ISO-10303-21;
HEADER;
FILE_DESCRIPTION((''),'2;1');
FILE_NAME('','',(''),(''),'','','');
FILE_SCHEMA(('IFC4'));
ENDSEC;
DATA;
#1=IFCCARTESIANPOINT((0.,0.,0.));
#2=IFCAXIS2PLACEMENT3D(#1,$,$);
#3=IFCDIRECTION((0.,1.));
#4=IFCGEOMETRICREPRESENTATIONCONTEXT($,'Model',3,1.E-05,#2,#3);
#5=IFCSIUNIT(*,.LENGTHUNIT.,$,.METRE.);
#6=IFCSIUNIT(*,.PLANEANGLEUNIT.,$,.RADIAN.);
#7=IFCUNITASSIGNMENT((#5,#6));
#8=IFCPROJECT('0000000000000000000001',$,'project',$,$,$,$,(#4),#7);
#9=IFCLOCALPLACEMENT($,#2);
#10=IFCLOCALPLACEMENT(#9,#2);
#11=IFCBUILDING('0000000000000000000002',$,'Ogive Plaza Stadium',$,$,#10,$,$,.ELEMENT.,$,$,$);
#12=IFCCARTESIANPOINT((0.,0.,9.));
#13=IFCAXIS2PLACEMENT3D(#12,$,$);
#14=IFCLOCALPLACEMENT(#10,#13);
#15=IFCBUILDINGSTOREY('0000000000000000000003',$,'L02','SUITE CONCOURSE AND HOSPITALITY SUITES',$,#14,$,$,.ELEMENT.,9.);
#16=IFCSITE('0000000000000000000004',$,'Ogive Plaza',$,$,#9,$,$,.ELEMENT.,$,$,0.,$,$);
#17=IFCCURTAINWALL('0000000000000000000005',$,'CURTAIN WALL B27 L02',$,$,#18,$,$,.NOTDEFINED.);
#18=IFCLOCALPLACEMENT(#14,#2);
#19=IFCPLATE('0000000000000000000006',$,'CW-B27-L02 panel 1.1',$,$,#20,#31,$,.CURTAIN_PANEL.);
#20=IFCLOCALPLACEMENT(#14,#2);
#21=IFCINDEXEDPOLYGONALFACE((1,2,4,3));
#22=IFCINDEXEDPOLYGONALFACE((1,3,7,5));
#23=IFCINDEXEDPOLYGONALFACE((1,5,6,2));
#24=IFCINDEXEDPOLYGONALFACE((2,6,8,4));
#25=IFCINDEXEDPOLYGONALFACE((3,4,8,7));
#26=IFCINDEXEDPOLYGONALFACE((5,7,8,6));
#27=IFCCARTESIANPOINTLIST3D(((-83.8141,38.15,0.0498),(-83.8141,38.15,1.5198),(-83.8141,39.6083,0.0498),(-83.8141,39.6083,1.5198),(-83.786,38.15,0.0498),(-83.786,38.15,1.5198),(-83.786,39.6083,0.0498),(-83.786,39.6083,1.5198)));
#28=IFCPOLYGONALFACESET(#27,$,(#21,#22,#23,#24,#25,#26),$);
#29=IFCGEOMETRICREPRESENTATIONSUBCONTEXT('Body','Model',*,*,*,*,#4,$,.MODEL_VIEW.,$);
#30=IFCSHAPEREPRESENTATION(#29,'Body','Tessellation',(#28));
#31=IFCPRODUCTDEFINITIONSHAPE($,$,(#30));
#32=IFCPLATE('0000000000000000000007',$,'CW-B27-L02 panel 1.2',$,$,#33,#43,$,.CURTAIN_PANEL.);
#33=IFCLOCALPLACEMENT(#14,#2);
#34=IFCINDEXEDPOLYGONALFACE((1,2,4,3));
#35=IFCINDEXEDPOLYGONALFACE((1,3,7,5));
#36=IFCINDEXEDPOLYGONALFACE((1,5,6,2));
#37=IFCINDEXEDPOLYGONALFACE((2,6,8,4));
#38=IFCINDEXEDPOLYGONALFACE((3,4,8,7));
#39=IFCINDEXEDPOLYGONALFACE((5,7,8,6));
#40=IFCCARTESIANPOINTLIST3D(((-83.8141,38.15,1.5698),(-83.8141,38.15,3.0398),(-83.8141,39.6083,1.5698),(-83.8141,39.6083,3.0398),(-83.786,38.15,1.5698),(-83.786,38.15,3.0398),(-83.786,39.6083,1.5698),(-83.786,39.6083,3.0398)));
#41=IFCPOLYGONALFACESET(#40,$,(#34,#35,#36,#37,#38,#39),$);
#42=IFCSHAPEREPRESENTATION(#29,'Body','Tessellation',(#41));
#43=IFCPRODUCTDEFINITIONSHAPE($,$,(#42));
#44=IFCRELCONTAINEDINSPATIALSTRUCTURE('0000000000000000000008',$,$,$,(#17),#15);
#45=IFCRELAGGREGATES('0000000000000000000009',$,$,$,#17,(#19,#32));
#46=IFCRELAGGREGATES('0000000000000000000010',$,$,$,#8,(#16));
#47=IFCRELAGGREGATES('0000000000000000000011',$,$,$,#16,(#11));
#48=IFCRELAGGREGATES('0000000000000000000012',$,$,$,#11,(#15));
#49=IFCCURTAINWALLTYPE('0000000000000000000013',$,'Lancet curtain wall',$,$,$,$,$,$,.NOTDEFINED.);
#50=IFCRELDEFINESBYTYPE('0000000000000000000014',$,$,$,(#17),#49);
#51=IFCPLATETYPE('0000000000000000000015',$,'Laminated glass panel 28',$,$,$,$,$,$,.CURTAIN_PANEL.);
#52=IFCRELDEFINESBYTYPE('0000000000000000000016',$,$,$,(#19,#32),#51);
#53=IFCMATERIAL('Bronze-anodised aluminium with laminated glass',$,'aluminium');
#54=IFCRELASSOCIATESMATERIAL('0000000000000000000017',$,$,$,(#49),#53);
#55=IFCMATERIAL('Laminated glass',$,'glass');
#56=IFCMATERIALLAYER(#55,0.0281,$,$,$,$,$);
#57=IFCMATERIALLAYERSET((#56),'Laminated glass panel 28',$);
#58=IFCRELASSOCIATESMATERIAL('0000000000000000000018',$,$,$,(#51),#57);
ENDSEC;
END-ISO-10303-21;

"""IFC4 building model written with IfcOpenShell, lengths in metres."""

from ifc_helpers import new_model, si_unit, direction, frame, origin, origin_2d, place, context, subcontext, project, spatial, rectangle, extrude, material, layer, layer_set, type_object, element, aggregate, save


model = new_model("IFC4")

# Units and contexts
model_context = context("Model", 3, precision=1e-05, world=origin(), true_north=direction((0.0, 1.0)))
body_context = subcontext(model_context, "Body", "Model", "MODEL_VIEW")
ifc_project = project(units=[si_unit("LENGTHUNIT", "METRE"), si_unit("PLANEANGLEUNIT", "RADIAN")], contexts=[model_context])

# Site, building, storey
site_placement = place(None, origin())
site = spatial("IfcSite", under=ifc_project, at=site_placement, Name="Ogive Plaza", CompositionType="ELEMENT", RefElevation=0.0)
building_placement = place(site_placement, origin())
building = spatial("IfcBuilding", under=site, at=building_placement, Name="Ogive Plaza Stadium", CompositionType="ELEMENT")
storey_placement = place(building_placement, frame((0.0, 0.0, 9.0)))
storey = spatial("IfcBuildingStorey", under=building, at=storey_placement, Name="L02", Description="SUITE CONCOURSE AND HOSPITALITY SUITES", CompositionType="ELEMENT", Elevation=9.0)

# Shared definitions
ifc_material_1 = material(Name="Bronze-anodised aluminium with laminated glass", Category="aluminium")
curtain_wall_type = type_object("IfcCurtainWallType", Name="Lancet curtain wall", PredefinedType="NOTDEFINED", material=ifc_material_1)

# Curtain wall
curtain_wall_1_placement = place(storey_placement, origin())
curtain_wall_1 = element("IfcCurtainWall", 1, at=curtain_wall_1_placement, inside=storey, type_object=curtain_wall_type, Name="CURTAIN WALL B27 L02", PredefinedType="NOTDEFINED")

# Plates
ifc_material_2 = material(Name="Laminated glass", Category="glass")
ifc_layer = layer(ifc_material_2, 0.0281)
ifc_layer_set = layer_set([ifc_layer], Name="Laminated glass panel 28")
plate_type = type_object("IfcPlateType", Name="Laminated glass panel 28", PredefinedType="CURTAIN_PANEL", material=ifc_layer_set)
plate_1_placement = place(storey_placement, frame((-83.8, 38.8792, 0.0498), z_axis=(0.0, 0.0, 1.0), x_axis=(0.0, 1.0, 0.0)))
plate_1 = element("IfcPlate", 2, at=plate_1_placement, type_object=plate_type, Name="CW-B27-L02 panel 1.1", PredefinedType="CURTAIN_PANEL", context=body_context, shape_type="SweptSolid", body=[
    extrude(rectangle(XDim=1.4583, YDim=0.0281, at=origin_2d()), origin(), (0.0, 0.0, 1.0), 1.47),
])
plate_2_placement = place(storey_placement, frame((-83.8, 38.8792, 1.5698), z_axis=(0.0, 0.0, 1.0), x_axis=(0.0, 1.0, 0.0)))
plate_2 = element("IfcPlate", 3, at=plate_2_placement, type_object=plate_type, Name="CW-B27-L02 panel 1.2", PredefinedType="CURTAIN_PANEL", context=body_context, shape_type="SweptSolid", body=[
    extrude(rectangle(XDim=1.4583, YDim=0.0281, at=origin_2d()), origin(), (0.0, 0.0, 1.0), 1.47),
])
aggregate(curtain_wall_1, [plate_1, plate_2])

save(model, "model.ifc")
